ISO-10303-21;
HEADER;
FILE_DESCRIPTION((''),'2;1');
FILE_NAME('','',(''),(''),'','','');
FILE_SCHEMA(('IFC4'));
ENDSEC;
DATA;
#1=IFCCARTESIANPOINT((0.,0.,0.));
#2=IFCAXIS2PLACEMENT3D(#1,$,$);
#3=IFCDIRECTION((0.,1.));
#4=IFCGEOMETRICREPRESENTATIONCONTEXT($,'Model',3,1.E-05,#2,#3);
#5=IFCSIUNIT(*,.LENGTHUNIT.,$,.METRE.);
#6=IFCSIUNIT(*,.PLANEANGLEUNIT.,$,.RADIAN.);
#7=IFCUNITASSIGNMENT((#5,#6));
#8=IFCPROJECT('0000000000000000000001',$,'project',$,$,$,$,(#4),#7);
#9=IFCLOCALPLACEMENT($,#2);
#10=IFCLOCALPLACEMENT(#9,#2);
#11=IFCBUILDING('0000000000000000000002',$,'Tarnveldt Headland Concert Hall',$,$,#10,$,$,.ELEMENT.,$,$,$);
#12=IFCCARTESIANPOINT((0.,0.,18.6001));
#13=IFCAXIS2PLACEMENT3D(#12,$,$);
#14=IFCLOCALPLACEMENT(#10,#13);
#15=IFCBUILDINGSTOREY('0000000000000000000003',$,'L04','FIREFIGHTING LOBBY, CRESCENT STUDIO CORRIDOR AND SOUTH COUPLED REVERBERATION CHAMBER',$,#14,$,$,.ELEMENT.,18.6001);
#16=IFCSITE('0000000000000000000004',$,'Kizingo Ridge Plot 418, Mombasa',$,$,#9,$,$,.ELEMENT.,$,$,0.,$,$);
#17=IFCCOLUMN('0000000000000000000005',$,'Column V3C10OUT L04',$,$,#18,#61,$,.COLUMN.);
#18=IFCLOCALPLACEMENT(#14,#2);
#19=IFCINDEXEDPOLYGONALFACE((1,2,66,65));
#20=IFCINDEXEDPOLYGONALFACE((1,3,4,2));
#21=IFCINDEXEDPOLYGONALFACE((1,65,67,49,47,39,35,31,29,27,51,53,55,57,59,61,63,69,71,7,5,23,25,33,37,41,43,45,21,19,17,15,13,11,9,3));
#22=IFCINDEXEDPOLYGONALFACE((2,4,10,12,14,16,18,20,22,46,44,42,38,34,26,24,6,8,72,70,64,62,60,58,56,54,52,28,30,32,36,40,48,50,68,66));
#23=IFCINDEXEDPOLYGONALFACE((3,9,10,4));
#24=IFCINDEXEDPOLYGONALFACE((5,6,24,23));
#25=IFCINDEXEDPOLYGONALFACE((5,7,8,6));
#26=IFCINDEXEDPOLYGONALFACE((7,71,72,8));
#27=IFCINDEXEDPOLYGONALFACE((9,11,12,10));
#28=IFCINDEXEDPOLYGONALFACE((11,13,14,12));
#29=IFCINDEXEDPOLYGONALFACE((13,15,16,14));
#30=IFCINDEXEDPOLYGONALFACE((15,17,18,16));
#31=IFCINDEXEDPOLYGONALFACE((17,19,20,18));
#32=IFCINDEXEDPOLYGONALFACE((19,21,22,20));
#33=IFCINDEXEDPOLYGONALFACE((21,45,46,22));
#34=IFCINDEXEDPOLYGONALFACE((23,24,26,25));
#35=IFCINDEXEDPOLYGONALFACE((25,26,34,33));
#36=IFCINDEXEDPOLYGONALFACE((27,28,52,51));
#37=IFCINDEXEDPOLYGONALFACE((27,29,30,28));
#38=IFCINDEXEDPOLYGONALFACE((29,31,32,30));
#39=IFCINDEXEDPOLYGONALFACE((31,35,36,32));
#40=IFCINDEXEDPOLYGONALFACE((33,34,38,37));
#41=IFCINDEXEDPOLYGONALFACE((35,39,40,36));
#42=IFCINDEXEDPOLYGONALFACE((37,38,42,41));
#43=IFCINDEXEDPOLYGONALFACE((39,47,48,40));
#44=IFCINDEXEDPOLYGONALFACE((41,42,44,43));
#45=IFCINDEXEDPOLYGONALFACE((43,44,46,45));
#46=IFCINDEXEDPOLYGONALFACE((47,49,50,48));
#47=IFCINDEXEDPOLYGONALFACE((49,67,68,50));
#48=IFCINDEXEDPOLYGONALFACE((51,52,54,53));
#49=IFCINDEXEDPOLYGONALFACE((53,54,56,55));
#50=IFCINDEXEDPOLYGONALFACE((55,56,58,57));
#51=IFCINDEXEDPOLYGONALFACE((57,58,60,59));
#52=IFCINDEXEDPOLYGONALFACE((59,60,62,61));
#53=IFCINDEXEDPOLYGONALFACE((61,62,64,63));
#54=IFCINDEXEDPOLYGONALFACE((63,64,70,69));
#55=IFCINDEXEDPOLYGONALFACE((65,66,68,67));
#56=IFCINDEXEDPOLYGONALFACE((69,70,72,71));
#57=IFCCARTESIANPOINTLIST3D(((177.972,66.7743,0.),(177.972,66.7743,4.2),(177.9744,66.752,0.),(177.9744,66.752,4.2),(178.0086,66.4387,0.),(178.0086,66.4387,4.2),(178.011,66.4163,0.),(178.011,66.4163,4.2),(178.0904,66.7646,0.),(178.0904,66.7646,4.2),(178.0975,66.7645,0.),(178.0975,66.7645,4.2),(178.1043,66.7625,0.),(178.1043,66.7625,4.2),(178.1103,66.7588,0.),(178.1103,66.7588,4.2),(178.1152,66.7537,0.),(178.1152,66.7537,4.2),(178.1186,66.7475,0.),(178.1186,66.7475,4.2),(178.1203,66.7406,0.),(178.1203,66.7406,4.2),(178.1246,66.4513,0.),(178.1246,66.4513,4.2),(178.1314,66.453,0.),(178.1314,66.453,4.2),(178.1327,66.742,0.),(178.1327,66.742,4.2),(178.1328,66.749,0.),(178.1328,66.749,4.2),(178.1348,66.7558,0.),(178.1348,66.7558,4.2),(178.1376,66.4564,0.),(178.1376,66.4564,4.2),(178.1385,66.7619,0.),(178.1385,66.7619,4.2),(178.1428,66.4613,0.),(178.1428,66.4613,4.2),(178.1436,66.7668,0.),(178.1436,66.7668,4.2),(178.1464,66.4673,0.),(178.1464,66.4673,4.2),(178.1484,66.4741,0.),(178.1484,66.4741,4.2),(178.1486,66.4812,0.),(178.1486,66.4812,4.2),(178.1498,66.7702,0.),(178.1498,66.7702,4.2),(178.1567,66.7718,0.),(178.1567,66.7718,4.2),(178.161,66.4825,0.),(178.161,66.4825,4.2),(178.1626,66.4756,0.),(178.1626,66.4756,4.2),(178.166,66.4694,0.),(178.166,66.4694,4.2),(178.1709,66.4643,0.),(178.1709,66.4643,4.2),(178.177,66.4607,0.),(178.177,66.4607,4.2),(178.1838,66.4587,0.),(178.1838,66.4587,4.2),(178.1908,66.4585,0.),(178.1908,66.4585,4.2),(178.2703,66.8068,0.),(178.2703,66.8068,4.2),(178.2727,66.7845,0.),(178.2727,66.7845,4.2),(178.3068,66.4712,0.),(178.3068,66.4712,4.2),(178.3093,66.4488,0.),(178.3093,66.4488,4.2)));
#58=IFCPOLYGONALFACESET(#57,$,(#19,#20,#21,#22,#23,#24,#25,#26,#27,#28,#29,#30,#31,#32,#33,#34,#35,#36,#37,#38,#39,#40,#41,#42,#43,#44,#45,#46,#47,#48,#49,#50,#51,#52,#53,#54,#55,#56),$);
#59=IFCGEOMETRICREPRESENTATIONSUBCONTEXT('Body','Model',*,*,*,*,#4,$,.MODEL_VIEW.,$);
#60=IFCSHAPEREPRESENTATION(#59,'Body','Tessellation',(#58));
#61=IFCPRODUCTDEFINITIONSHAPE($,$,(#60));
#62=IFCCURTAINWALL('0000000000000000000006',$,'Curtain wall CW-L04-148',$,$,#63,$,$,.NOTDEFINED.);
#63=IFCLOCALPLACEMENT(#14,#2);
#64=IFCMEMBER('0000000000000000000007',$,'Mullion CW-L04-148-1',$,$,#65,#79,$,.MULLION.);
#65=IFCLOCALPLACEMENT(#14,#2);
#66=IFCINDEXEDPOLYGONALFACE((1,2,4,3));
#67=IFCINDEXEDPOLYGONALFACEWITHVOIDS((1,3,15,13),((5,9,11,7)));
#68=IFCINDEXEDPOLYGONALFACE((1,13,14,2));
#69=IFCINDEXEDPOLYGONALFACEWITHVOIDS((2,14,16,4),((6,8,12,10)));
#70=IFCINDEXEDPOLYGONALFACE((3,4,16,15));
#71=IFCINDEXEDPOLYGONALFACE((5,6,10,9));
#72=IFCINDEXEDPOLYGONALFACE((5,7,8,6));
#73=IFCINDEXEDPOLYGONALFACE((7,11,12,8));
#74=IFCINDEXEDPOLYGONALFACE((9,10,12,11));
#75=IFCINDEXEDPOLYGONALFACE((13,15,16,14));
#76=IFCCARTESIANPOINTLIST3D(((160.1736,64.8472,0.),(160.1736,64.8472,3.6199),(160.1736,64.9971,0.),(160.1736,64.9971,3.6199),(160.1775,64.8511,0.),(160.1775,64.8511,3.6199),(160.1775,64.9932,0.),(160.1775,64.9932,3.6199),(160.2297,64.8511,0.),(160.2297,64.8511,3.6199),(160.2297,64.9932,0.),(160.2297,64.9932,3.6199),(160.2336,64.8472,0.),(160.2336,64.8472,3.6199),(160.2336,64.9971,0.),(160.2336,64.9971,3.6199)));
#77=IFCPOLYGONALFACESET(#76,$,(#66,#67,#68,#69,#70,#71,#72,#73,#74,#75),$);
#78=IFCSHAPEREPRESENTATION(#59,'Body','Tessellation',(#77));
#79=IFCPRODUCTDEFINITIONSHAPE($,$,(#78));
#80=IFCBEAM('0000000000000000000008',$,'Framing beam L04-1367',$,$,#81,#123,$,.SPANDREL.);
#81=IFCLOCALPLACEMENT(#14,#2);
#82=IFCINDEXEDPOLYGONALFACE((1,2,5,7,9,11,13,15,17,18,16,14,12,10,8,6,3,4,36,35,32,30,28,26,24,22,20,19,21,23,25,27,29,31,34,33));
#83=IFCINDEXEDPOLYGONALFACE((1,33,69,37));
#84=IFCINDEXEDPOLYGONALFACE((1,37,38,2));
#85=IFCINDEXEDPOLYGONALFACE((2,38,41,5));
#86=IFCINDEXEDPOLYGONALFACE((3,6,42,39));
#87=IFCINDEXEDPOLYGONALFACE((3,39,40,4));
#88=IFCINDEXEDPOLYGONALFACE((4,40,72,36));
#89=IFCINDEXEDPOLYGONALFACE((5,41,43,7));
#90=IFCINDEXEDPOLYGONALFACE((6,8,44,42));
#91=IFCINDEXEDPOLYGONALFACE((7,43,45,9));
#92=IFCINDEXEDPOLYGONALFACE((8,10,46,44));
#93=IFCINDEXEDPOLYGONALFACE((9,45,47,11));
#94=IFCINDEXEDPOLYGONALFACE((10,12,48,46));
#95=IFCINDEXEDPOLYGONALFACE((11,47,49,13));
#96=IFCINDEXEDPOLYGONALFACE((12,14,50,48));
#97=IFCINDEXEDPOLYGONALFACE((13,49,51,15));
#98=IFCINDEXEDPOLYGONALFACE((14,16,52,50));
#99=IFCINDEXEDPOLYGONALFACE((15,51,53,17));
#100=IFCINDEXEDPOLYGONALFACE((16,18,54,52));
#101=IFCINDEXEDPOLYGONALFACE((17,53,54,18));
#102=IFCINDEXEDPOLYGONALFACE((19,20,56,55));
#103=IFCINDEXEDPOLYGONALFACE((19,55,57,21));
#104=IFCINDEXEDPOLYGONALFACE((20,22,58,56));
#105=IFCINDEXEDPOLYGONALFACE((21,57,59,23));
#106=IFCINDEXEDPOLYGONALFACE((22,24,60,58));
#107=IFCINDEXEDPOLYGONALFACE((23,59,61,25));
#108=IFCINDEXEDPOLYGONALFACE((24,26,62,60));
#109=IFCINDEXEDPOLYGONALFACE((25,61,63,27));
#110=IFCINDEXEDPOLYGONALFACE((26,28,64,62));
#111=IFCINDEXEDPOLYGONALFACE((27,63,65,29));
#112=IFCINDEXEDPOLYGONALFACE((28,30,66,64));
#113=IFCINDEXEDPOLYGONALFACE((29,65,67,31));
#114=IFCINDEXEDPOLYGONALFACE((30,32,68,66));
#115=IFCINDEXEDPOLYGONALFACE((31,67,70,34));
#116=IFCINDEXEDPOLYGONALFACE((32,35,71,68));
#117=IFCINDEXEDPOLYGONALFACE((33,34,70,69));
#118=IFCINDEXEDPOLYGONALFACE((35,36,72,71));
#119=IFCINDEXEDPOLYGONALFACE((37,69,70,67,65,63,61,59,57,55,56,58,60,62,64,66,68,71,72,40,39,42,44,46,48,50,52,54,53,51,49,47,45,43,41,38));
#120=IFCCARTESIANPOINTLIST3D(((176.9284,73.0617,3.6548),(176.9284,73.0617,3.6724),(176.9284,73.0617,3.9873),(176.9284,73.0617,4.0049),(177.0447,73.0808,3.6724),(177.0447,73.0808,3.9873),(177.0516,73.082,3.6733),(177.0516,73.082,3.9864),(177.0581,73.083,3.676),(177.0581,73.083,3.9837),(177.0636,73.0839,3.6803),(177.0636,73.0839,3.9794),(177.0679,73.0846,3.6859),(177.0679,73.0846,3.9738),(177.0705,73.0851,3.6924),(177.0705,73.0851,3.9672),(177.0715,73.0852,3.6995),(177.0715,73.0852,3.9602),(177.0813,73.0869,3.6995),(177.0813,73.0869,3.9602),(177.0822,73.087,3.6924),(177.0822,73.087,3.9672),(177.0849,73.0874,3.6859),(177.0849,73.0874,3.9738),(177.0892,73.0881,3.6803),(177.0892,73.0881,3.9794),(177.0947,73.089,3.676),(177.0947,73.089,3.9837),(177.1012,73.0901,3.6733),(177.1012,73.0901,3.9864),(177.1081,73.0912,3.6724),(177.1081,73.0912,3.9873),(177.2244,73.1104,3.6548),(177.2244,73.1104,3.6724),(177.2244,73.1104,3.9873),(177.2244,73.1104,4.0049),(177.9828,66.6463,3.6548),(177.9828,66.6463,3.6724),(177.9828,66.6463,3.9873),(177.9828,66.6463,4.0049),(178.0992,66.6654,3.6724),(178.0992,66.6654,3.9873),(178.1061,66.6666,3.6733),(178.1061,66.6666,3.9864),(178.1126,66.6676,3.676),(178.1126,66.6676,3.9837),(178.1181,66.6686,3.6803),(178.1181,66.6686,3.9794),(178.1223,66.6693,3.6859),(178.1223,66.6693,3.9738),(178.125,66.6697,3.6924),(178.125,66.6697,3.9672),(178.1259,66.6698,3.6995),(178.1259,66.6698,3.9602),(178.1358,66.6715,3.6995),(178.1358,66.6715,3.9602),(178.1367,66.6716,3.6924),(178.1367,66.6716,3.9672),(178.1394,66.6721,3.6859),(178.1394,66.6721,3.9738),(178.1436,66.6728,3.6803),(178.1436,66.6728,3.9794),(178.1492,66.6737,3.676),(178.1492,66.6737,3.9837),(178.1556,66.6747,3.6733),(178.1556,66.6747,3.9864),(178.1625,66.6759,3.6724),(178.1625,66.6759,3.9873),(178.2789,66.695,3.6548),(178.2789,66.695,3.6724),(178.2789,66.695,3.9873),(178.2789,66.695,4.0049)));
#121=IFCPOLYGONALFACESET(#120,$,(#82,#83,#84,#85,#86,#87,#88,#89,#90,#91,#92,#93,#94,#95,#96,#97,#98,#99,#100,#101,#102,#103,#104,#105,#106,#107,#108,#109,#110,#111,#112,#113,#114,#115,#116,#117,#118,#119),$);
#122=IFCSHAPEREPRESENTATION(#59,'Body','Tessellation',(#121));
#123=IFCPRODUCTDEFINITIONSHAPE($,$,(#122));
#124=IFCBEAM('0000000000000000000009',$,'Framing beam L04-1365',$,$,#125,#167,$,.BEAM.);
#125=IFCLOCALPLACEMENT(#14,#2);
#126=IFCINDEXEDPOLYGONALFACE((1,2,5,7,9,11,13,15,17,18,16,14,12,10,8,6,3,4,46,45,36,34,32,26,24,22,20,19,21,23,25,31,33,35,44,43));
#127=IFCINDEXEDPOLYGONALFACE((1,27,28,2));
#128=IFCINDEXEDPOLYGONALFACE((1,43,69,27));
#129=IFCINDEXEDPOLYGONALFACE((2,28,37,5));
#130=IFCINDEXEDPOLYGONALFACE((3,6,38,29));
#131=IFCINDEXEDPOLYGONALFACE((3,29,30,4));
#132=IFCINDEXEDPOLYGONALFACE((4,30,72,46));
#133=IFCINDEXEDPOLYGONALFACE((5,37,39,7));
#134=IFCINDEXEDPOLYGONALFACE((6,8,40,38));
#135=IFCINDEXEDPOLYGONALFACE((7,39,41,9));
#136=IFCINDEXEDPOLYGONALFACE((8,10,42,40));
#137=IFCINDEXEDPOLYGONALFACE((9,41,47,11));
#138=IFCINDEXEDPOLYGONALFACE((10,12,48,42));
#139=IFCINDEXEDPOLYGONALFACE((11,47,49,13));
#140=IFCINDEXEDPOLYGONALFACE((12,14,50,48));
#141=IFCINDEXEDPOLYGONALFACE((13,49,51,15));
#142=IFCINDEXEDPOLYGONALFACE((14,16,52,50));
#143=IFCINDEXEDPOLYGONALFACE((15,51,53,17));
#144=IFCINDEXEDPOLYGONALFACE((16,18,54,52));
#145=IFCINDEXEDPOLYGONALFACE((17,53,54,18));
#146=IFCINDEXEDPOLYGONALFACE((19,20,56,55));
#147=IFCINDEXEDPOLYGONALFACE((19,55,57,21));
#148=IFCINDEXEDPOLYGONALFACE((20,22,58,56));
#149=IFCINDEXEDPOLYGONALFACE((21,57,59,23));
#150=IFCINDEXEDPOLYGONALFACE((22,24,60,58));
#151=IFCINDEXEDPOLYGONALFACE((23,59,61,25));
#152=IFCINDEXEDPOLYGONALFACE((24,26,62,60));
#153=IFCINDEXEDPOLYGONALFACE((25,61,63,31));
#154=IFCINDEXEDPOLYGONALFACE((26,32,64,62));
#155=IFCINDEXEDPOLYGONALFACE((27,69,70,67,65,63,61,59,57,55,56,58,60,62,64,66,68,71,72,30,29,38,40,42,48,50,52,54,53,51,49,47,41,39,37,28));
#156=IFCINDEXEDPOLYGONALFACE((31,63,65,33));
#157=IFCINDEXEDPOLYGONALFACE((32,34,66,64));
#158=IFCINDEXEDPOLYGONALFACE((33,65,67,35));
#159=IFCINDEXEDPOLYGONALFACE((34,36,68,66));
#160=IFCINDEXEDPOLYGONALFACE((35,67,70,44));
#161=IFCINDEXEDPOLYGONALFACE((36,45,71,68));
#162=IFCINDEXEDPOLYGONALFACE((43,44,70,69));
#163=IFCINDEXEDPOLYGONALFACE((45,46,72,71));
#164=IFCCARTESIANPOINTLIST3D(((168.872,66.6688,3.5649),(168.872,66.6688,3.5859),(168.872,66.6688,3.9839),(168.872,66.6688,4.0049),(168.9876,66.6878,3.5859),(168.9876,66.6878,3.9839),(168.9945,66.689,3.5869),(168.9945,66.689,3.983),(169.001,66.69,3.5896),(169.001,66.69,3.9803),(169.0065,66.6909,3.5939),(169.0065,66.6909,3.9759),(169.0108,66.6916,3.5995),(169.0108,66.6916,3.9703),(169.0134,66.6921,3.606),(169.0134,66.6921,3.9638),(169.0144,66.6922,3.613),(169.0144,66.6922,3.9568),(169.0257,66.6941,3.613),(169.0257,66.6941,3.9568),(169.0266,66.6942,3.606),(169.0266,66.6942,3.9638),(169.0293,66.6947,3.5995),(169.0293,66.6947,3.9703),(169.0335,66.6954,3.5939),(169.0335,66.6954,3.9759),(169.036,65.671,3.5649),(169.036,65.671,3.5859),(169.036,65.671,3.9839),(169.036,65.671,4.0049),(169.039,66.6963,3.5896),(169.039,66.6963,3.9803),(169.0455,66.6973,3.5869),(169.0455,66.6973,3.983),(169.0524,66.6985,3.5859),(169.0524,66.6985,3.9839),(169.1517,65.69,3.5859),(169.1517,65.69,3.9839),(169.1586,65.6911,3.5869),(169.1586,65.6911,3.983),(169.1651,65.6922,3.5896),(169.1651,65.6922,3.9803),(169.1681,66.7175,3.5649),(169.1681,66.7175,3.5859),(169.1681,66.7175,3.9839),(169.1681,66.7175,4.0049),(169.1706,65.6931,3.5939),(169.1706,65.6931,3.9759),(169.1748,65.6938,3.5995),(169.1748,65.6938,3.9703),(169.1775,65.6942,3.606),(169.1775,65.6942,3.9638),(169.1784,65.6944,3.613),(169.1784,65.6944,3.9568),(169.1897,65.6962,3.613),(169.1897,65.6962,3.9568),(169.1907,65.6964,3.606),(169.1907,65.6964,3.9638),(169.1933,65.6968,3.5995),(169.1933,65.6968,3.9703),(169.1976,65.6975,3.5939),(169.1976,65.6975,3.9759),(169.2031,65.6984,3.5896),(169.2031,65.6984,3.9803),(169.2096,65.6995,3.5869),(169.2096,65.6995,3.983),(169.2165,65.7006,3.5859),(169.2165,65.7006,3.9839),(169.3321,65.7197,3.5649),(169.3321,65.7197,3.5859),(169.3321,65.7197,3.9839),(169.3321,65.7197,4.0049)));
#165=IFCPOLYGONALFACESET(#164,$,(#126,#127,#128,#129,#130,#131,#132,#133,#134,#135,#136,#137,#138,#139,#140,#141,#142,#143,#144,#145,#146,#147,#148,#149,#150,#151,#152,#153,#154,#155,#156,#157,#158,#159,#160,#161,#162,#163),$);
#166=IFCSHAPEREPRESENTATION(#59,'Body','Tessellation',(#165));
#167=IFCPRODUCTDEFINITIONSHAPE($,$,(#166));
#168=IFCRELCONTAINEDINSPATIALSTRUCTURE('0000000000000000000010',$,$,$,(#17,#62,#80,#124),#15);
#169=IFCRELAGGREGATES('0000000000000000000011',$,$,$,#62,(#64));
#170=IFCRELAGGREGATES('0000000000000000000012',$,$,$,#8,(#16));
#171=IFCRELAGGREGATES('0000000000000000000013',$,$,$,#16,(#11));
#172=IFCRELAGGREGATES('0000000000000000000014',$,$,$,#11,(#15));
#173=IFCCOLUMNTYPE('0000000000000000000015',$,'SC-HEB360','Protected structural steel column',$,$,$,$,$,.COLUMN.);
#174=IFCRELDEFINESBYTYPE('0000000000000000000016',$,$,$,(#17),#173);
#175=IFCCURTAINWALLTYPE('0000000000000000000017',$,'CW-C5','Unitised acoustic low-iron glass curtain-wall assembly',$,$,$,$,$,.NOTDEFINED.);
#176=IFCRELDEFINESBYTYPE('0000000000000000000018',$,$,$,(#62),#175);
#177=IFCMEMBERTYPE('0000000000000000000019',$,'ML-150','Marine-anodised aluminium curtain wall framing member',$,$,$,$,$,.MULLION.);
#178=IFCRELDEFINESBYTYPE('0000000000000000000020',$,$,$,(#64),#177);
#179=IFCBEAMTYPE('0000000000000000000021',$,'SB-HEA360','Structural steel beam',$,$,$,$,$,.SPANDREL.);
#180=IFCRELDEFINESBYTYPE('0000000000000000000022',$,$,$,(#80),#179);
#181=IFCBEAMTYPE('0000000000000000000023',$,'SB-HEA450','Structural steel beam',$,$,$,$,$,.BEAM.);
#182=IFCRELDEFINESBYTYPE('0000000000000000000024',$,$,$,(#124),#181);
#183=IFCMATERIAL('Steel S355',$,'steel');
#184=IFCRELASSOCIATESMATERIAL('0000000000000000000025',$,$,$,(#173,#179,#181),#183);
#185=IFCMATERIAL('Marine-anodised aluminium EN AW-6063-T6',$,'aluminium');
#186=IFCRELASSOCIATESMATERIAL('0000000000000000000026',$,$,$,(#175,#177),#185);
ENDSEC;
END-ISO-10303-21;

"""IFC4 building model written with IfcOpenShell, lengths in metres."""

from ifc_helpers import new_model, si_unit, direction, frame, origin, origin_2d, place, context, subcontext, project, spatial, hollow_rectangle, i_section, extrude, material, material_profile, profile_set, type_object, element, aggregate, save


model = new_model("IFC4")

# Units and contexts
model_context = context("Model", 3, precision=1e-05, world=origin(), true_north=direction((0.0, 1.0)))
body_context = subcontext(model_context, "Body", "Model", "MODEL_VIEW")
ifc_project = project(units=[si_unit("LENGTHUNIT", "METRE"), si_unit("PLANEANGLEUNIT", "RADIAN")], contexts=[model_context])

# Site, building, storey
site_placement = place(None, origin())
site = spatial("IfcSite", under=ifc_project, at=site_placement, Name="Kizingo Ridge Plot 418, Mombasa", CompositionType="ELEMENT", RefElevation=0.0)
building_placement = place(site_placement, origin())
building = spatial("IfcBuilding", under=site, at=building_placement, Name="Tarnveldt Headland Concert Hall", CompositionType="ELEMENT")
storey_placement = place(building_placement, frame((0.0, 0.0, 18.6001)))
storey = spatial("IfcBuildingStorey", under=building, at=storey_placement, Name="L04", Description="FIREFIGHTING LOBBY, CRESCENT STUDIO CORRIDOR AND SOUTH COUPLED REVERBERATION CHAMBER", CompositionType="ELEMENT", Elevation=18.6001)

# Column
ifc_material_1 = material(Name="Steel S355", Category="steel")
ifc_material_profile_1 = material_profile(ifc_material_1, i_section(OverallWidth=0.3, OverallDepth=0.3601, WebThickness=0.0125, FlangeThickness=0.0225, FilletRadius=0.0271, at=origin_2d()), Name="HEB360", Category="steel")
ifc_profile_set_1 = profile_set([ifc_material_profile_1], Name="Steel S355")
column_type = type_object("IfcColumnType", Name="SC-HEB360", Description="Protected structural steel column", PredefinedType="COLUMN", material=ifc_profile_set_1)
column_placement = place(storey_placement, frame((178.1406, 66.6116, 0.0), z_axis=(0.0, 0.0, 1.0), x_axis=(0.994113, 0.108346, 0.0)))
element("IfcColumn", 1, at=column_placement, inside=storey, type_object=column_type, Name="Column V3C10OUT L04", PredefinedType="COLUMN", context=body_context, shape_type="SweptSolid", body=[
    extrude(i_section(OverallWidth=0.3, OverallDepth=0.3601, WebThickness=0.0125, FlangeThickness=0.0225, FilletRadius=0.0271, at=origin_2d()), origin(), (0.0, 0.0, 1.0), 4.2),
])

# Curtain wall, member
ifc_material_2 = material(Name="Marine-anodised aluminium EN AW-6063-T6", Category="aluminium")
curtain_wall_type = type_object("IfcCurtainWallType", Name="CW-C5", Description="Unitised acoustic low-iron glass curtain-wall assembly", PredefinedType="NOTDEFINED", material=ifc_material_2)
curtain_wall_placement = place(storey_placement, origin())
curtain_wall = element("IfcCurtainWall", 2, at=curtain_wall_placement, inside=storey, type_object=curtain_wall_type, Name="Curtain wall CW-L04-148", PredefinedType="NOTDEFINED")
ifc_material_profile_2 = material_profile(ifc_material_2, hollow_rectangle(XDim=0.0601, YDim=0.1499, WallThickness=0.0039, at=origin_2d()), Name="ALU MULLION 60x150x4", Category="aluminium")
ifc_profile_set_2 = profile_set([ifc_material_profile_2], Name="Marine-anodised aluminium EN AW-6063-T6")
member_type_1 = type_object("IfcMemberType", Name="ML-150", Description="Marine-anodised aluminium curtain wall framing member", PredefinedType="MULLION", material=ifc_profile_set_2)
member_1_placement = place(storey_placement, frame((160.2036, 64.9221, 0.0), z_axis=(0.0, 0.0, 1.0), x_axis=(1.0, 0.0, 0.0)))
member_1 = element("IfcMember", 3, at=member_1_placement, type_object=member_type_1, Name="Mullion CW-L04-148-1", PredefinedType="MULLION", context=body_context, shape_type="SweptSolid", body=[
    extrude(hollow_rectangle(XDim=0.0601, YDim=0.1499, WallThickness=0.0039, at=origin_2d()), origin(), (0.0, 0.0, 1.0), 3.6199),
])

# Beams
ifc_material_profile_3 = material_profile(ifc_material_1, i_section(OverallWidth=0.3, OverallDepth=0.3501, WebThickness=0.01, FlangeThickness=0.0176, FilletRadius=0.0271, at=origin_2d()), Name="HEA360", Category="steel")
ifc_profile_set_3 = profile_set([ifc_material_profile_3], Name="Steel S355")
beam_type_1 = type_object("IfcBeamType", Name="SB-HEA360", Description="Structural steel beam", PredefinedType="SPANDREL", material=ifc_profile_set_3)
beam_1_placement = place(storey_placement, frame((178.1309, 66.6707, 3.8298), z_axis=(-0.162188, 0.98676, 0.0), x_axis=(-0.98676, -0.162188, 0.0)))
element("IfcBeam", 4, at=beam_1_placement, inside=storey, type_object=beam_type_1, Name="Framing beam L04-1367", PredefinedType="SPANDREL", context=body_context, shape_type="SweptSolid", body=[
    extrude(i_section(OverallWidth=0.3, OverallDepth=0.3501, WebThickness=0.01, FlangeThickness=0.0176, FilletRadius=0.0271, at=origin_2d()), origin(), (0.0, 0.0, 1.0), 6.5015),
])
ifc_material_profile_4 = material_profile(ifc_material_1, i_section(OverallWidth=0.3, OverallDepth=0.4399, WebThickness=0.0115, FlangeThickness=0.021, FilletRadius=0.0271, at=origin_2d()), Name="HEA450", Category="steel")
ifc_profile_set_4 = profile_set([ifc_material_profile_4], Name="Steel S355")
beam_type_2 = type_object("IfcBeamType", Name="SB-HEA450", Description="Structural steel beam", PredefinedType="BEAM", material=ifc_profile_set_4)
beam_2_placement = place(storey_placement, frame((169.1841, 65.6953, 3.7849), z_axis=(-0.162245, 0.98675, 0.0), x_axis=(-0.98675, -0.162245, 0.0)))
element("IfcBeam", 5, at=beam_2_placement, inside=storey, type_object=beam_type_2, Name="Framing beam L04-1365", PredefinedType="BEAM", context=body_context, shape_type="SweptSolid", body=[
    extrude(i_section(OverallWidth=0.3, OverallDepth=0.4399, WebThickness=0.0115, FlangeThickness=0.021, FilletRadius=0.0271, at=origin_2d()), origin(), (0.0, 0.0, 1.0), 1.0112),
])

aggregate(curtain_wall, [member_1])

save(model, "model.ifc")
